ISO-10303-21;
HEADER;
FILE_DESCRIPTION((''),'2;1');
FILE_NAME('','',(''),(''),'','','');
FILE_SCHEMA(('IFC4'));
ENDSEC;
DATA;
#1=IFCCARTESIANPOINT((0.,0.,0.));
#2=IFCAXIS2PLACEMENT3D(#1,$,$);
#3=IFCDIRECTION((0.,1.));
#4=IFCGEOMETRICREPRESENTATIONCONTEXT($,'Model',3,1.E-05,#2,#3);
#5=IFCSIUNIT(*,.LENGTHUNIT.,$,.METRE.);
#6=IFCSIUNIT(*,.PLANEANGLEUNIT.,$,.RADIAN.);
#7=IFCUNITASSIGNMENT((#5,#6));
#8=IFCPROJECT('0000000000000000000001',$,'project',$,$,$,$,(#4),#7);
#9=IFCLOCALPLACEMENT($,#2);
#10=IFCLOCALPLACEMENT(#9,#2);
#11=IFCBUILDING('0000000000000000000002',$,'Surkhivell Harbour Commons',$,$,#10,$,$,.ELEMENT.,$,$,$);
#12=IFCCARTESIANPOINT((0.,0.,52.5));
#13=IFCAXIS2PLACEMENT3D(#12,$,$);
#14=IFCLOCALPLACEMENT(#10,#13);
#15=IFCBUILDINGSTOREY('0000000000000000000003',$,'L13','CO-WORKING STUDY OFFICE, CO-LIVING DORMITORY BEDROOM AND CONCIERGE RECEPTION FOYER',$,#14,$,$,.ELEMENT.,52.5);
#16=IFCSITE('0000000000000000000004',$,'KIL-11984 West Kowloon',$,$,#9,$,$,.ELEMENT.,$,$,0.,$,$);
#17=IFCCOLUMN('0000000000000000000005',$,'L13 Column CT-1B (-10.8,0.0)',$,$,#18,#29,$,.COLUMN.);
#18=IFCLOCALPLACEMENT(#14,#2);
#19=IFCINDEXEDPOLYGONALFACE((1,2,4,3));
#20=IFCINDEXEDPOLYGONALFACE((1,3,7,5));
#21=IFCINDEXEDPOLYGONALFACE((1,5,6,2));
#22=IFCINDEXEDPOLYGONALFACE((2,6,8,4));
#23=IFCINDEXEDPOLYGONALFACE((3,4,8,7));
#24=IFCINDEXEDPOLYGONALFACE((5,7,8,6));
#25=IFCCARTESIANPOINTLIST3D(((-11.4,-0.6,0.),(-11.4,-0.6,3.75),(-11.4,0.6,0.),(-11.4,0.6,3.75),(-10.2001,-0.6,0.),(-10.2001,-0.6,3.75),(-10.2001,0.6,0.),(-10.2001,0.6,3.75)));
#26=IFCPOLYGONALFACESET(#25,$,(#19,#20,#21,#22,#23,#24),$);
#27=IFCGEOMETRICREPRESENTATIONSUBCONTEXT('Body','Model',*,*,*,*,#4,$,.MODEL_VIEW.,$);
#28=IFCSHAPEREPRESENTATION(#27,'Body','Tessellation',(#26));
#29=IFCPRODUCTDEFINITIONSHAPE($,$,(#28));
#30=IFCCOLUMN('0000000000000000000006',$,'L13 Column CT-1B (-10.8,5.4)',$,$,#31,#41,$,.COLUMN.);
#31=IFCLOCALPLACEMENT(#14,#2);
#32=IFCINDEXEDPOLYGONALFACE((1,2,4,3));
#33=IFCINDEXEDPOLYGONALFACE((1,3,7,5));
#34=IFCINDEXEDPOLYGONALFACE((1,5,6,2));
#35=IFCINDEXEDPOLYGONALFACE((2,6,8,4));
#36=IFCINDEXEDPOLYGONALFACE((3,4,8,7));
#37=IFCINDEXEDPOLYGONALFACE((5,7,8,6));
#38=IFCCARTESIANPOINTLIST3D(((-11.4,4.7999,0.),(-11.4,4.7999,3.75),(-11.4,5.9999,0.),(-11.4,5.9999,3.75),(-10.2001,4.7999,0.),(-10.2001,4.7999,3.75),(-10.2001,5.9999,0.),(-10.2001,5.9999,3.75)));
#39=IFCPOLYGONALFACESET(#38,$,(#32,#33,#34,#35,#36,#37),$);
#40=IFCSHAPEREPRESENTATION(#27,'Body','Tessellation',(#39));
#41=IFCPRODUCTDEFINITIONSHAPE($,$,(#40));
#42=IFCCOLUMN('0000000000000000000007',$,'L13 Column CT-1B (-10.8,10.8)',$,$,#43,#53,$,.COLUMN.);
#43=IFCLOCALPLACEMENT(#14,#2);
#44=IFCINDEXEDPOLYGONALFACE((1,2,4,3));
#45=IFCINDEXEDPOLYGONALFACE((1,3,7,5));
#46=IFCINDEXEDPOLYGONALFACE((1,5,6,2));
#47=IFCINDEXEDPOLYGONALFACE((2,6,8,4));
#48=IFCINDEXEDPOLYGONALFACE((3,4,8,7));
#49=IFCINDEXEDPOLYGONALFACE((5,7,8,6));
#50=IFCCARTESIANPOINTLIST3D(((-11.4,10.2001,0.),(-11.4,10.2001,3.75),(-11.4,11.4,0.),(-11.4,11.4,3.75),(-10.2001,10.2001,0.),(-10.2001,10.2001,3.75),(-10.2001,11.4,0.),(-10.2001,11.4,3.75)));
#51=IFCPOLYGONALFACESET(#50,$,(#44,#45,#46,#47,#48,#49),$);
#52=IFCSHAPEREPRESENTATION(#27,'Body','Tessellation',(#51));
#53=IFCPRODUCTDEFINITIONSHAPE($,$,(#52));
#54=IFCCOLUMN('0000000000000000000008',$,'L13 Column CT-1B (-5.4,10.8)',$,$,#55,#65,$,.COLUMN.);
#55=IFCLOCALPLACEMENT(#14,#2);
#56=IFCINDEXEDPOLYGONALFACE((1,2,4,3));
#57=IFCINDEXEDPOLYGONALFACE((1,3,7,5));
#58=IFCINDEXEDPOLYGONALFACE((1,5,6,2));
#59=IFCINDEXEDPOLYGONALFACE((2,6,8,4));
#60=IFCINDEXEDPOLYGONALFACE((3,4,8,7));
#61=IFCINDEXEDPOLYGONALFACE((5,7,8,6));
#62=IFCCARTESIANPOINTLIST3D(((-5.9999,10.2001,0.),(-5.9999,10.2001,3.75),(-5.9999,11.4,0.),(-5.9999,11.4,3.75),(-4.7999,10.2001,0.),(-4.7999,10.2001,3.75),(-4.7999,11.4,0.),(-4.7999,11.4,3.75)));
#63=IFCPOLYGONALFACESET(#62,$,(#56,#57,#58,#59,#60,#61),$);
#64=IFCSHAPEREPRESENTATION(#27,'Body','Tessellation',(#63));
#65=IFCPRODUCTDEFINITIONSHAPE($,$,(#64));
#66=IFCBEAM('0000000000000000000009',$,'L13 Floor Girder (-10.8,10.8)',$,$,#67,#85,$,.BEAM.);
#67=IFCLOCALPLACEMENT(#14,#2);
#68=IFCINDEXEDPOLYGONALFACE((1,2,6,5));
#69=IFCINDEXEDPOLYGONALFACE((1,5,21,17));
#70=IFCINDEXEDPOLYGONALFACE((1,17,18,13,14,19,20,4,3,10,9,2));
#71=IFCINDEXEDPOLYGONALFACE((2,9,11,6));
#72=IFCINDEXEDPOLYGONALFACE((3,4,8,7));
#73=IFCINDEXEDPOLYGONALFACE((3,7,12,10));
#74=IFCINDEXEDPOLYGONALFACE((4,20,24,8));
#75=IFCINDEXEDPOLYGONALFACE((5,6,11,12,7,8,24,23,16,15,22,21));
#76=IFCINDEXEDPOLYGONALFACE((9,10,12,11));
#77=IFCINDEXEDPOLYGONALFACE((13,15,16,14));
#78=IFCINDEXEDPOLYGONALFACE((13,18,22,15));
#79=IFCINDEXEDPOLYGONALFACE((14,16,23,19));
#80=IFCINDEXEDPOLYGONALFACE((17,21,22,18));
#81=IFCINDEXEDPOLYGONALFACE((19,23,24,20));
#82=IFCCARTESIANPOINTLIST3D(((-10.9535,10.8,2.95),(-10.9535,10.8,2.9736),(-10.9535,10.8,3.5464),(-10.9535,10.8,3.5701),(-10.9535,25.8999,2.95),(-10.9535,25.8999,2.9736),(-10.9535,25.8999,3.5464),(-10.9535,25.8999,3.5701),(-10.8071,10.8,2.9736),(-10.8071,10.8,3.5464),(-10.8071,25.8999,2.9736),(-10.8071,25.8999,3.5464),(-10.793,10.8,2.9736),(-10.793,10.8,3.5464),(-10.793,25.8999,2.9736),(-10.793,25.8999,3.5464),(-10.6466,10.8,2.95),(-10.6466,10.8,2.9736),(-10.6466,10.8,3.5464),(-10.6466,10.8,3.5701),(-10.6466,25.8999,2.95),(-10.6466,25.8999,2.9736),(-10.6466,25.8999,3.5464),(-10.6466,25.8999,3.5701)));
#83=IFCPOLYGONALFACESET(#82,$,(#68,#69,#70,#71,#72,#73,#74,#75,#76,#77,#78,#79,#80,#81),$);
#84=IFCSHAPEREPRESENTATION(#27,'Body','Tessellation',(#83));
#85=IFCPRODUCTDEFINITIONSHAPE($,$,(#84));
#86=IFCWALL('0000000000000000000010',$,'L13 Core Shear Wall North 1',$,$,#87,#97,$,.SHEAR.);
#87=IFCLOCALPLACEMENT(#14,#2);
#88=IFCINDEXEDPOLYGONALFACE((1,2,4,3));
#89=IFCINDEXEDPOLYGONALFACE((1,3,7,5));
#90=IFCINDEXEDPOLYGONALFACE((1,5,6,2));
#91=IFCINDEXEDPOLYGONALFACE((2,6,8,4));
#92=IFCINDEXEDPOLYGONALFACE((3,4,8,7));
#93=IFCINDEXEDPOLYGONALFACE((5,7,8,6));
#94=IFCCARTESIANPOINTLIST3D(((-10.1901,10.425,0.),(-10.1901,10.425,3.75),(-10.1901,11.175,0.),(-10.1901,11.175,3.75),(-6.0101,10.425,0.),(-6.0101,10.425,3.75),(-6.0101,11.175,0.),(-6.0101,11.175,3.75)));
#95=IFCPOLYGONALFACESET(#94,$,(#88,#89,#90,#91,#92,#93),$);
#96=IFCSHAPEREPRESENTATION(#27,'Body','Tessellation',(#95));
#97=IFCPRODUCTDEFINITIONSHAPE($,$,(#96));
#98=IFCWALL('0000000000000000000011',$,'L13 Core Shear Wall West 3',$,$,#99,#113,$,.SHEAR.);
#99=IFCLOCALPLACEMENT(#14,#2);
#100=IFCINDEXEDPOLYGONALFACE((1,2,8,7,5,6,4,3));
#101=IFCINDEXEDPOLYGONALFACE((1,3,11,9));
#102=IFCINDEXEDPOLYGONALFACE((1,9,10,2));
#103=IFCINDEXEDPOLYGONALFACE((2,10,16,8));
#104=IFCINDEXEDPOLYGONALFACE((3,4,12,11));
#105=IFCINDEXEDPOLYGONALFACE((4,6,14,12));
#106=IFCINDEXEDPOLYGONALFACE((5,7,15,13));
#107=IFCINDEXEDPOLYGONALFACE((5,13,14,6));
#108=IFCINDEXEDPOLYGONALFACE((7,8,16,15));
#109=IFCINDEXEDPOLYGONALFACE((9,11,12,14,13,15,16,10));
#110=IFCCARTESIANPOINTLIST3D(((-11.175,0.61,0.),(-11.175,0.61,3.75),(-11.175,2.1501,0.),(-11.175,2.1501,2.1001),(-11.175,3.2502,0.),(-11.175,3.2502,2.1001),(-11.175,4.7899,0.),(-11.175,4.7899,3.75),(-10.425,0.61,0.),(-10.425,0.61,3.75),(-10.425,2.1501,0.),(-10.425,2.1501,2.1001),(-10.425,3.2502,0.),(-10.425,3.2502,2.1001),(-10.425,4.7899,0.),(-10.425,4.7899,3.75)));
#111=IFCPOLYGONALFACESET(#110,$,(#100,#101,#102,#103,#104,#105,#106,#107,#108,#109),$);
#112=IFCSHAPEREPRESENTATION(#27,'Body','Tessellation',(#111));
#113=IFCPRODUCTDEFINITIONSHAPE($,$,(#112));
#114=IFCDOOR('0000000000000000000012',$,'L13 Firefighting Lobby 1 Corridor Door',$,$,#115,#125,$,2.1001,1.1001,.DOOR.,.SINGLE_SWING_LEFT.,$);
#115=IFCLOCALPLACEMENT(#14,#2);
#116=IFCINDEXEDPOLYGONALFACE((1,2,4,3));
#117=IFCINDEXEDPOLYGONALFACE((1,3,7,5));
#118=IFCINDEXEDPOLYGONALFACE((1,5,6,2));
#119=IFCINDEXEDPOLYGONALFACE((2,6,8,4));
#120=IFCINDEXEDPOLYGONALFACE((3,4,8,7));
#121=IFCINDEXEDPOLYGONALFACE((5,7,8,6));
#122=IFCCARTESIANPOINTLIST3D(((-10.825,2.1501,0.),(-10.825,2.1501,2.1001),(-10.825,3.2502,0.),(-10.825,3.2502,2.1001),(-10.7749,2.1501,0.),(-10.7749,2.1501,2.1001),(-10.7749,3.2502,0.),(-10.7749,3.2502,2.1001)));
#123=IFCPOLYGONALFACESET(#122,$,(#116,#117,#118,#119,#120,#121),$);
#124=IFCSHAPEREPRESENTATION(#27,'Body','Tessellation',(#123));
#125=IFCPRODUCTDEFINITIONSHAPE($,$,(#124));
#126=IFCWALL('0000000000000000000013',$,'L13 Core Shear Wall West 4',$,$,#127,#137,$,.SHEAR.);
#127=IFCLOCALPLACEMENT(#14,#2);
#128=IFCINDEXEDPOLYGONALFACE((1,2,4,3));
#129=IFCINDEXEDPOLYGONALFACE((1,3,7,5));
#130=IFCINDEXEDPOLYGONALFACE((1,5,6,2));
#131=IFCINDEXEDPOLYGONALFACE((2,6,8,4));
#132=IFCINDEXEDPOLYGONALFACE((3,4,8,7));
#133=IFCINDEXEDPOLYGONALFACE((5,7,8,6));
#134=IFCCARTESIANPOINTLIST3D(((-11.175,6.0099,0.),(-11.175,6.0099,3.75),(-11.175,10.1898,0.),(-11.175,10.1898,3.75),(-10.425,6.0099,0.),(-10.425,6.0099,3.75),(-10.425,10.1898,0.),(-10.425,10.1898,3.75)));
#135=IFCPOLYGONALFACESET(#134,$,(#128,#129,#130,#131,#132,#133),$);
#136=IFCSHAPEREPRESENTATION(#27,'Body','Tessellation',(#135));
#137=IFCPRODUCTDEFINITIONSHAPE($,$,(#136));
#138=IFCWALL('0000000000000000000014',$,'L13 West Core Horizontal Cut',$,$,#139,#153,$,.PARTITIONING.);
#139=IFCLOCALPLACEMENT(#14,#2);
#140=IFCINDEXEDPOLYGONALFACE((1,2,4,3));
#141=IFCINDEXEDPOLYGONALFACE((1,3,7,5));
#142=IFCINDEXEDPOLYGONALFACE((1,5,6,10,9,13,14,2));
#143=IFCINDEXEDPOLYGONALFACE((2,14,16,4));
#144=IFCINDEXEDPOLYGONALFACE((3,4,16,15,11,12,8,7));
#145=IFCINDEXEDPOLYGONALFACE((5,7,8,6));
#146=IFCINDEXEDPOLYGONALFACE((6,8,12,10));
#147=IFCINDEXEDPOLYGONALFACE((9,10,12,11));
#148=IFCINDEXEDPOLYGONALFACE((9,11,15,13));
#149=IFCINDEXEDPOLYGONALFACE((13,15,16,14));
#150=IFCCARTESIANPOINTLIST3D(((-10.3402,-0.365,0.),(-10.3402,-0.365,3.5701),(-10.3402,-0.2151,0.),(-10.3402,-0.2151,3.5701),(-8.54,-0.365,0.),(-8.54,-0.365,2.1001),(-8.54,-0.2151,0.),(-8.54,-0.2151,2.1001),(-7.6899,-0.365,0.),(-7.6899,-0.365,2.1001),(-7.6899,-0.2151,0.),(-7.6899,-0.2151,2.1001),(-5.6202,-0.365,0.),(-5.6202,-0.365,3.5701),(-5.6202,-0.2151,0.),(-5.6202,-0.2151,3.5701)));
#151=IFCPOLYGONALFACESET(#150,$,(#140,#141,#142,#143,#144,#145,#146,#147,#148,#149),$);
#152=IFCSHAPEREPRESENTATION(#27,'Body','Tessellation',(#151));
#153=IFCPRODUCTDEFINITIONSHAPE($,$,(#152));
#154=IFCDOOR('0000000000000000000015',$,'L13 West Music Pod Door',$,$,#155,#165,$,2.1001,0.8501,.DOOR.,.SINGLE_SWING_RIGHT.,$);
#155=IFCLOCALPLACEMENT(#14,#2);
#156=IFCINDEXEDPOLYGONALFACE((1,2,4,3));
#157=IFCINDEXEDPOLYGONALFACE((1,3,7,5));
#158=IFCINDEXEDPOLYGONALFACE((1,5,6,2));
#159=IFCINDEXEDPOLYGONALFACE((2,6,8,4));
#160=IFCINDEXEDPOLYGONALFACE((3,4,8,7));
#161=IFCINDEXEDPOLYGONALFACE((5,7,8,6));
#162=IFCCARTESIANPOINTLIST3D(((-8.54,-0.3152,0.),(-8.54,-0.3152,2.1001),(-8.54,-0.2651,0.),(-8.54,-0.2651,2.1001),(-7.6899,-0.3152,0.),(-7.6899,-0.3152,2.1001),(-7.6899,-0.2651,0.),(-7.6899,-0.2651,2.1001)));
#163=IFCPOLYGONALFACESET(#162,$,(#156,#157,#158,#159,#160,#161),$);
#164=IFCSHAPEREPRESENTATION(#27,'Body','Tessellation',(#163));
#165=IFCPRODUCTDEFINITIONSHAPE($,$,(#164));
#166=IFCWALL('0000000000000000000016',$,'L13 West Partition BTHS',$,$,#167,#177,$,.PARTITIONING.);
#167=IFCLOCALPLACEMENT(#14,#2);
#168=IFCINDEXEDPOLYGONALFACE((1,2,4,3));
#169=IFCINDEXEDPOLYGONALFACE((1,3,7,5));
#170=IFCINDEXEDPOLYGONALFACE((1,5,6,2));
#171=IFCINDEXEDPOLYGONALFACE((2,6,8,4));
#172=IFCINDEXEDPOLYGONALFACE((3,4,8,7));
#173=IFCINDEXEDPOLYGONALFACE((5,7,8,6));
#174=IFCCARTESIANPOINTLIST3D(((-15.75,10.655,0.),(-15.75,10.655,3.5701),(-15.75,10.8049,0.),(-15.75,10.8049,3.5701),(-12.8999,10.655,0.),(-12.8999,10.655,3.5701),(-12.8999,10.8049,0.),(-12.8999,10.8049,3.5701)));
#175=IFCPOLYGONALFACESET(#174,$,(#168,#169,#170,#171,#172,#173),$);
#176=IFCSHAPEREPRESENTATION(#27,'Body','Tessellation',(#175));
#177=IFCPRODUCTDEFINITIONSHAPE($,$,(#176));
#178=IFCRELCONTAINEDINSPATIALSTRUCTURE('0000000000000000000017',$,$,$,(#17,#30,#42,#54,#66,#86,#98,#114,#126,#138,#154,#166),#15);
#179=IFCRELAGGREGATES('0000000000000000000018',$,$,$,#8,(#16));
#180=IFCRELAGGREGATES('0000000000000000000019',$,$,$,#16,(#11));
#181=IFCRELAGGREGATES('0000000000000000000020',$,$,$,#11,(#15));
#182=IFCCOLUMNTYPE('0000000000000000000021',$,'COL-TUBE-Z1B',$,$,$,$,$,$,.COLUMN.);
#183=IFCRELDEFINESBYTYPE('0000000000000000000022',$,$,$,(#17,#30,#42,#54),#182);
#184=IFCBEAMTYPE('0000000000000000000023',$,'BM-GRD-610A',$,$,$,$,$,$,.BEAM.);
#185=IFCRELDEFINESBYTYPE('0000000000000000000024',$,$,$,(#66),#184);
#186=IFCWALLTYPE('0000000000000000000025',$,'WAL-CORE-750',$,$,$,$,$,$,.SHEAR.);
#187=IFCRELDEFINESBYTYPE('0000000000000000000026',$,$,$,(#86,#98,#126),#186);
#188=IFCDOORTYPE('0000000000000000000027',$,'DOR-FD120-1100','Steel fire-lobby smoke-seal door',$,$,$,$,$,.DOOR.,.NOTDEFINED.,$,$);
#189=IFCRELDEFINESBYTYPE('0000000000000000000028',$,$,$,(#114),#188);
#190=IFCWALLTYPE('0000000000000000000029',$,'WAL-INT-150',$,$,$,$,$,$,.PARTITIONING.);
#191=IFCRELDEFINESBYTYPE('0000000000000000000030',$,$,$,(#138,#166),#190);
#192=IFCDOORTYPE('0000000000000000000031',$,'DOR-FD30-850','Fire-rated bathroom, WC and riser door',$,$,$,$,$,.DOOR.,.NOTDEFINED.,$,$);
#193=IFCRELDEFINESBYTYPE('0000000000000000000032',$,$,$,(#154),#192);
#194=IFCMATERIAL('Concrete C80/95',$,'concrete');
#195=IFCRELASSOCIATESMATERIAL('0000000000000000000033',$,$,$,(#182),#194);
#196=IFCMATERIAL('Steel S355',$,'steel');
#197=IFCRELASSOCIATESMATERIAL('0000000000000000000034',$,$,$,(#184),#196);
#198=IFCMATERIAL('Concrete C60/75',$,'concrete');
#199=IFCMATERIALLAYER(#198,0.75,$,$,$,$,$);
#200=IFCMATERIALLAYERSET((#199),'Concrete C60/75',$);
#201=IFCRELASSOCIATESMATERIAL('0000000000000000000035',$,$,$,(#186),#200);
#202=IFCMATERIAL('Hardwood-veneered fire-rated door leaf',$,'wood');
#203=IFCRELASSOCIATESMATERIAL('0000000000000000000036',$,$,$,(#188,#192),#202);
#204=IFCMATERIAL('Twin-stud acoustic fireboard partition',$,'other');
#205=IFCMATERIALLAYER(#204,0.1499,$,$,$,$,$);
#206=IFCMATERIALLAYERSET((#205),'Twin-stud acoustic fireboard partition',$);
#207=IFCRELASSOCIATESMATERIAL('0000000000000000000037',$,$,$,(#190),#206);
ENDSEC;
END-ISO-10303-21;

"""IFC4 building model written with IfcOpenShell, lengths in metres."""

from ifc_helpers import new_model, si_unit, direction, frame, frame_2d, origin, origin_2d, place, context, subcontext, project, spatial, rectangle, i_section, extrude, material, layer, layer_set, material_profile, profile_set, type_object, element, fill, save


model = new_model("IFC4")

# Units and contexts
model_context = context("Model", 3, precision=1e-05, world=origin(), true_north=direction((0.0, 1.0)))
body_context = subcontext(model_context, "Body", "Model", "MODEL_VIEW")
ifc_project = project(units=[si_unit("LENGTHUNIT", "METRE"), si_unit("PLANEANGLEUNIT", "RADIAN")], contexts=[model_context])

# Site, building, storey
site_placement = place(None, origin())
site = spatial("IfcSite", under=ifc_project, at=site_placement, Name="KIL-11984 West Kowloon", CompositionType="ELEMENT", RefElevation=0.0)
building_placement = place(site_placement, origin())
building = spatial("IfcBuilding", under=site, at=building_placement, Name="Surkhivell Harbour Commons", CompositionType="ELEMENT")
storey_placement = place(building_placement, frame((0.0, 0.0, 52.5)))
storey = spatial("IfcBuildingStorey", under=building, at=storey_placement, Name="L13", Description="CO-WORKING STUDY OFFICE, CO-LIVING DORMITORY BEDROOM AND CONCIERGE RECEPTION FOYER", CompositionType="ELEMENT", Elevation=52.5)

# Columns
ifc_material_1 = material(Name="Concrete C80/95", Category="concrete")
ifc_material_profile_1 = material_profile(ifc_material_1, rectangle(XDim=1.2, YDim=1.2, at=origin_2d()), Name="RC-COL-1200x1200")
ifc_profile_set_1 = profile_set([ifc_material_profile_1], Name="Concrete C80/95")
column_type = type_object("IfcColumnType", Name="COL-TUBE-Z1B", PredefinedType="COLUMN", material=ifc_profile_set_1)
for number, where, z_axis, x_axis, name in (
    (1, (-10.8, 0.0, 0.0), (0.0, 0.0, 1.0), (1.0, 0.0, 0.0), "L13 Column CT-1B (-10.8,0.0)"),
    (2, (-10.8, 5.3999, 0.0), (0.0, 0.0, 1.0), (1.0, 0.0, 0.0), "L13 Column CT-1B (-10.8,5.4)"),
    (3, (-10.8, 10.8, 0.0), (0.0, 0.0, 1.0), (1.0, 0.0, 0.0), "L13 Column CT-1B (-10.8,10.8)"),
    (4, (-5.3999, 10.8, 0.0), (0.0, 0.0, 1.0), (1.0, 0.0, 0.0), "L13 Column CT-1B (-5.4,10.8)"),
):
    element("IfcColumn", number, at=place(storey_placement, frame(where, z_axis=z_axis, x_axis=x_axis)), inside=storey, type_object=column_type, Name=name, PredefinedType="COLUMN", context=body_context, shape_type="SweptSolid", body=[
        extrude(rectangle(XDim=1.2, YDim=1.2, at=origin_2d()), origin(), (0.0, 0.0, 1.0), 3.75),
    ])

# Beam
ifc_material_2 = material(Name="Steel S355", Category="steel")
ifc_material_profile_2 = material_profile(ifc_material_2, i_section(OverallWidth=0.3069, OverallDepth=0.6201, WebThickness=0.0142, FlangeThickness=0.0237, at=origin_2d()), Name="UB610x305x179")
ifc_profile_set_2 = profile_set([ifc_material_profile_2], Name="Steel S355")
beam_type = type_object("IfcBeamType", Name="BM-GRD-610A", PredefinedType="BEAM", material=ifc_profile_set_2)
beam_placement = place(storey_placement, frame((-10.8, 10.8, 3.26), z_axis=(0.0, 1.0, 0.0), x_axis=(-1.0, 0.0, 0.0)))
element("IfcBeam", 5, at=beam_placement, inside=storey, type_object=beam_type, Name="L13 Floor Girder (-10.8,10.8)", PredefinedType="BEAM", context=body_context, shape_type="SweptSolid", body=[
    extrude(i_section(OverallWidth=0.3069, OverallDepth=0.6201, WebThickness=0.0142, FlangeThickness=0.0237, at=origin_2d()), origin(), (0.0, 0.0, 1.0), 15.0999),
])

# Wall
ifc_material_3 = material(Name="Concrete C60/75", Category="concrete")
ifc_layer_1 = layer(ifc_material_3, 0.75)
ifc_layer_set_1 = layer_set([ifc_layer_1], Name="Concrete C60/75")
wall_type_1 = type_object("IfcWallType", Name="WAL-CORE-750", PredefinedType="SHEAR", material=ifc_layer_set_1)
wall_1_placement = place(storey_placement, frame((-10.1899, 10.8, 0.0), z_axis=(0.0, 0.0, 1.0), x_axis=(1.0, 0.0, 0.0)))
element("IfcWall", 6, at=wall_1_placement, inside=storey, type_object=wall_type_1, Name="L13 Core Shear Wall North 1", PredefinedType="SHEAR", context=body_context, shape_type="SweptSolid", body=[
    extrude(rectangle(XDim=4.1799, YDim=0.75, at=frame_2d((2.0898, 0.0))), origin(), (0.0, 0.0, 1.0), 3.75),
])

# Wall, opening, door
wall_2_placement = place(storey_placement, frame((-10.8, 0.6101, 0.0), z_axis=(0.0, 0.0, 1.0), x_axis=(0.0, 1.0, 0.0)))
wall_2 = element("IfcWall", 7, at=wall_2_placement, inside=storey, type_object=wall_type_1, Name="L13 Core Shear Wall West 3", PredefinedType="SHEAR", context=body_context, shape_type="SweptSolid", body=[
    extrude(rectangle(XDim=4.1799, YDim=0.75, at=frame_2d((2.0898, 0.0))), origin(), (0.0, 0.0, 1.0), 3.75),
])
opening_1_placement = place(wall_2_placement, frame((1.54, 0.0, 0.0)))
opening_1 = element("IfcOpeningElement", 8, at=opening_1_placement, cuts=wall_2, PredefinedType="OPENING", context=body_context, shape_type="SweptSolid", body=[
    extrude(rectangle(XDim=1.1001, YDim=2.1001, at=frame_2d((0.55, 1.05))), frame((0.0, 0.385, 0.0), z_axis=(0.0, -1.0, 0.0), x_axis=(1.0, 0.0, 0.0)), (0.0, 0.0, 1.0), 0.77),
])
ifc_material_4 = material(Name="Hardwood-veneered fire-rated door leaf", Category="wood")
door_type_1 = type_object("IfcDoorType", Name="DOR-FD120-1100", Description="Steel fire-lobby smoke-seal door", OperationType="NOTDEFINED", PredefinedType="DOOR", material=ifc_material_4)
door_1_placement = place(opening_1_placement, origin())
door_1 = element("IfcDoor", 9, at=door_1_placement, inside=storey, type_object=door_type_1, Name="L13 Firefighting Lobby 1 Corridor Door", OperationType="SINGLE_SWING_LEFT", OverallHeight=2.1001, OverallWidth=1.1001, PredefinedType="DOOR", context=body_context, shape_type="SweptSolid", body=[
    extrude(rectangle(XDim=1.1001, YDim=2.1001, at=frame_2d((0.55, 1.05))), frame((0.0, 0.0249, 0.0), z_axis=(0.0, -1.0, 0.0), x_axis=(1.0, 0.0, 0.0)), (0.0, 0.0, 1.0), 0.05),
])
fill(opening_1, door_1)

# Wall
wall_3_placement = place(storey_placement, frame((-10.8, 6.01, 0.0), z_axis=(0.0, 0.0, 1.0), x_axis=(0.0, 1.0, 0.0)))
element("IfcWall", 10, at=wall_3_placement, inside=storey, type_object=wall_type_1, Name="L13 Core Shear Wall West 4", PredefinedType="SHEAR", context=body_context, shape_type="SweptSolid", body=[
    extrude(rectangle(XDim=4.1799, YDim=0.75, at=frame_2d((2.0898, 0.0))), origin(), (0.0, 0.0, 1.0), 3.75),
])

# Wall, opening, door
ifc_material_5 = material(Name="Twin-stud acoustic fireboard partition", Category="other")
ifc_layer_2 = layer(ifc_material_5, 0.1499)
ifc_layer_set_2 = layer_set([ifc_layer_2], Name="Twin-stud acoustic fireboard partition")
wall_type_2 = type_object("IfcWallType", Name="WAL-INT-150", PredefinedType="PARTITIONING", material=ifc_layer_set_2)
wall_4_placement = place(storey_placement, frame((-10.3401, -0.29, 0.0), z_axis=(0.0, 0.0, 1.0), x_axis=(1.0, 0.0, 0.0)))
wall_4 = element("IfcWall", 11, at=wall_4_placement, inside=storey, type_object=wall_type_2, Name="L13 West Core Horizontal Cut", PredefinedType="PARTITIONING", context=body_context, shape_type="SweptSolid", body=[
    extrude(rectangle(XDim=4.72, YDim=0.1499, at=frame_2d((2.3599, 0.0))), origin(), (0.0, 0.0, 1.0), 3.5701),
])
opening_2_placement = place(wall_4_placement, frame((1.8, 0.0, 0.0)))
opening_2 = element("IfcOpeningElement", 12, at=opening_2_placement, cuts=wall_4, PredefinedType="OPENING", context=body_context, shape_type="SweptSolid", body=[
    extrude(rectangle(XDim=0.8501, YDim=2.1001, at=frame_2d((0.425, 1.05))), frame((0.0, 0.085, 0.0), z_axis=(0.0, -1.0, 0.0), x_axis=(1.0, 0.0, 0.0)), (0.0, 0.0, 1.0), 0.1699),
])
door_type_2 = type_object("IfcDoorType", Name="DOR-FD30-850", Description="Fire-rated bathroom, WC and riser door", OperationType="NOTDEFINED", PredefinedType="DOOR", material=ifc_material_4)
door_2_placement = place(opening_2_placement, origin())
door_2 = element("IfcDoor", 13, at=door_2_placement, inside=storey, type_object=door_type_2, Name="L13 West Music Pod Door", OperationType="SINGLE_SWING_RIGHT", OverallHeight=2.1001, OverallWidth=0.8501, PredefinedType="DOOR", context=body_context, shape_type="SweptSolid", body=[
    extrude(rectangle(XDim=0.8501, YDim=2.1001, at=frame_2d((0.425, 1.05))), frame((0.0, 0.0249, 0.0), z_axis=(0.0, -1.0, 0.0), x_axis=(1.0, 0.0, 0.0)), (0.0, 0.0, 1.0), 0.05),
])
fill(opening_2, door_2)

# Wall
wall_5_placement = place(storey_placement, frame((-15.75, 10.73, 0.0), z_axis=(0.0, 0.0, 1.0), x_axis=(1.0, 0.0, 0.0)))
element("IfcWall", 14, at=wall_5_placement, inside=storey, type_object=wall_type_2, Name="L13 West Partition BTHS", PredefinedType="PARTITIONING", context=body_context, shape_type="SweptSolid", body=[
    extrude(rectangle(XDim=2.8501, YDim=0.1499, at=frame_2d((1.425, 0.0))), origin(), (0.0, 0.0, 1.0), 3.5701),
])

save(model, "model.ifc")
